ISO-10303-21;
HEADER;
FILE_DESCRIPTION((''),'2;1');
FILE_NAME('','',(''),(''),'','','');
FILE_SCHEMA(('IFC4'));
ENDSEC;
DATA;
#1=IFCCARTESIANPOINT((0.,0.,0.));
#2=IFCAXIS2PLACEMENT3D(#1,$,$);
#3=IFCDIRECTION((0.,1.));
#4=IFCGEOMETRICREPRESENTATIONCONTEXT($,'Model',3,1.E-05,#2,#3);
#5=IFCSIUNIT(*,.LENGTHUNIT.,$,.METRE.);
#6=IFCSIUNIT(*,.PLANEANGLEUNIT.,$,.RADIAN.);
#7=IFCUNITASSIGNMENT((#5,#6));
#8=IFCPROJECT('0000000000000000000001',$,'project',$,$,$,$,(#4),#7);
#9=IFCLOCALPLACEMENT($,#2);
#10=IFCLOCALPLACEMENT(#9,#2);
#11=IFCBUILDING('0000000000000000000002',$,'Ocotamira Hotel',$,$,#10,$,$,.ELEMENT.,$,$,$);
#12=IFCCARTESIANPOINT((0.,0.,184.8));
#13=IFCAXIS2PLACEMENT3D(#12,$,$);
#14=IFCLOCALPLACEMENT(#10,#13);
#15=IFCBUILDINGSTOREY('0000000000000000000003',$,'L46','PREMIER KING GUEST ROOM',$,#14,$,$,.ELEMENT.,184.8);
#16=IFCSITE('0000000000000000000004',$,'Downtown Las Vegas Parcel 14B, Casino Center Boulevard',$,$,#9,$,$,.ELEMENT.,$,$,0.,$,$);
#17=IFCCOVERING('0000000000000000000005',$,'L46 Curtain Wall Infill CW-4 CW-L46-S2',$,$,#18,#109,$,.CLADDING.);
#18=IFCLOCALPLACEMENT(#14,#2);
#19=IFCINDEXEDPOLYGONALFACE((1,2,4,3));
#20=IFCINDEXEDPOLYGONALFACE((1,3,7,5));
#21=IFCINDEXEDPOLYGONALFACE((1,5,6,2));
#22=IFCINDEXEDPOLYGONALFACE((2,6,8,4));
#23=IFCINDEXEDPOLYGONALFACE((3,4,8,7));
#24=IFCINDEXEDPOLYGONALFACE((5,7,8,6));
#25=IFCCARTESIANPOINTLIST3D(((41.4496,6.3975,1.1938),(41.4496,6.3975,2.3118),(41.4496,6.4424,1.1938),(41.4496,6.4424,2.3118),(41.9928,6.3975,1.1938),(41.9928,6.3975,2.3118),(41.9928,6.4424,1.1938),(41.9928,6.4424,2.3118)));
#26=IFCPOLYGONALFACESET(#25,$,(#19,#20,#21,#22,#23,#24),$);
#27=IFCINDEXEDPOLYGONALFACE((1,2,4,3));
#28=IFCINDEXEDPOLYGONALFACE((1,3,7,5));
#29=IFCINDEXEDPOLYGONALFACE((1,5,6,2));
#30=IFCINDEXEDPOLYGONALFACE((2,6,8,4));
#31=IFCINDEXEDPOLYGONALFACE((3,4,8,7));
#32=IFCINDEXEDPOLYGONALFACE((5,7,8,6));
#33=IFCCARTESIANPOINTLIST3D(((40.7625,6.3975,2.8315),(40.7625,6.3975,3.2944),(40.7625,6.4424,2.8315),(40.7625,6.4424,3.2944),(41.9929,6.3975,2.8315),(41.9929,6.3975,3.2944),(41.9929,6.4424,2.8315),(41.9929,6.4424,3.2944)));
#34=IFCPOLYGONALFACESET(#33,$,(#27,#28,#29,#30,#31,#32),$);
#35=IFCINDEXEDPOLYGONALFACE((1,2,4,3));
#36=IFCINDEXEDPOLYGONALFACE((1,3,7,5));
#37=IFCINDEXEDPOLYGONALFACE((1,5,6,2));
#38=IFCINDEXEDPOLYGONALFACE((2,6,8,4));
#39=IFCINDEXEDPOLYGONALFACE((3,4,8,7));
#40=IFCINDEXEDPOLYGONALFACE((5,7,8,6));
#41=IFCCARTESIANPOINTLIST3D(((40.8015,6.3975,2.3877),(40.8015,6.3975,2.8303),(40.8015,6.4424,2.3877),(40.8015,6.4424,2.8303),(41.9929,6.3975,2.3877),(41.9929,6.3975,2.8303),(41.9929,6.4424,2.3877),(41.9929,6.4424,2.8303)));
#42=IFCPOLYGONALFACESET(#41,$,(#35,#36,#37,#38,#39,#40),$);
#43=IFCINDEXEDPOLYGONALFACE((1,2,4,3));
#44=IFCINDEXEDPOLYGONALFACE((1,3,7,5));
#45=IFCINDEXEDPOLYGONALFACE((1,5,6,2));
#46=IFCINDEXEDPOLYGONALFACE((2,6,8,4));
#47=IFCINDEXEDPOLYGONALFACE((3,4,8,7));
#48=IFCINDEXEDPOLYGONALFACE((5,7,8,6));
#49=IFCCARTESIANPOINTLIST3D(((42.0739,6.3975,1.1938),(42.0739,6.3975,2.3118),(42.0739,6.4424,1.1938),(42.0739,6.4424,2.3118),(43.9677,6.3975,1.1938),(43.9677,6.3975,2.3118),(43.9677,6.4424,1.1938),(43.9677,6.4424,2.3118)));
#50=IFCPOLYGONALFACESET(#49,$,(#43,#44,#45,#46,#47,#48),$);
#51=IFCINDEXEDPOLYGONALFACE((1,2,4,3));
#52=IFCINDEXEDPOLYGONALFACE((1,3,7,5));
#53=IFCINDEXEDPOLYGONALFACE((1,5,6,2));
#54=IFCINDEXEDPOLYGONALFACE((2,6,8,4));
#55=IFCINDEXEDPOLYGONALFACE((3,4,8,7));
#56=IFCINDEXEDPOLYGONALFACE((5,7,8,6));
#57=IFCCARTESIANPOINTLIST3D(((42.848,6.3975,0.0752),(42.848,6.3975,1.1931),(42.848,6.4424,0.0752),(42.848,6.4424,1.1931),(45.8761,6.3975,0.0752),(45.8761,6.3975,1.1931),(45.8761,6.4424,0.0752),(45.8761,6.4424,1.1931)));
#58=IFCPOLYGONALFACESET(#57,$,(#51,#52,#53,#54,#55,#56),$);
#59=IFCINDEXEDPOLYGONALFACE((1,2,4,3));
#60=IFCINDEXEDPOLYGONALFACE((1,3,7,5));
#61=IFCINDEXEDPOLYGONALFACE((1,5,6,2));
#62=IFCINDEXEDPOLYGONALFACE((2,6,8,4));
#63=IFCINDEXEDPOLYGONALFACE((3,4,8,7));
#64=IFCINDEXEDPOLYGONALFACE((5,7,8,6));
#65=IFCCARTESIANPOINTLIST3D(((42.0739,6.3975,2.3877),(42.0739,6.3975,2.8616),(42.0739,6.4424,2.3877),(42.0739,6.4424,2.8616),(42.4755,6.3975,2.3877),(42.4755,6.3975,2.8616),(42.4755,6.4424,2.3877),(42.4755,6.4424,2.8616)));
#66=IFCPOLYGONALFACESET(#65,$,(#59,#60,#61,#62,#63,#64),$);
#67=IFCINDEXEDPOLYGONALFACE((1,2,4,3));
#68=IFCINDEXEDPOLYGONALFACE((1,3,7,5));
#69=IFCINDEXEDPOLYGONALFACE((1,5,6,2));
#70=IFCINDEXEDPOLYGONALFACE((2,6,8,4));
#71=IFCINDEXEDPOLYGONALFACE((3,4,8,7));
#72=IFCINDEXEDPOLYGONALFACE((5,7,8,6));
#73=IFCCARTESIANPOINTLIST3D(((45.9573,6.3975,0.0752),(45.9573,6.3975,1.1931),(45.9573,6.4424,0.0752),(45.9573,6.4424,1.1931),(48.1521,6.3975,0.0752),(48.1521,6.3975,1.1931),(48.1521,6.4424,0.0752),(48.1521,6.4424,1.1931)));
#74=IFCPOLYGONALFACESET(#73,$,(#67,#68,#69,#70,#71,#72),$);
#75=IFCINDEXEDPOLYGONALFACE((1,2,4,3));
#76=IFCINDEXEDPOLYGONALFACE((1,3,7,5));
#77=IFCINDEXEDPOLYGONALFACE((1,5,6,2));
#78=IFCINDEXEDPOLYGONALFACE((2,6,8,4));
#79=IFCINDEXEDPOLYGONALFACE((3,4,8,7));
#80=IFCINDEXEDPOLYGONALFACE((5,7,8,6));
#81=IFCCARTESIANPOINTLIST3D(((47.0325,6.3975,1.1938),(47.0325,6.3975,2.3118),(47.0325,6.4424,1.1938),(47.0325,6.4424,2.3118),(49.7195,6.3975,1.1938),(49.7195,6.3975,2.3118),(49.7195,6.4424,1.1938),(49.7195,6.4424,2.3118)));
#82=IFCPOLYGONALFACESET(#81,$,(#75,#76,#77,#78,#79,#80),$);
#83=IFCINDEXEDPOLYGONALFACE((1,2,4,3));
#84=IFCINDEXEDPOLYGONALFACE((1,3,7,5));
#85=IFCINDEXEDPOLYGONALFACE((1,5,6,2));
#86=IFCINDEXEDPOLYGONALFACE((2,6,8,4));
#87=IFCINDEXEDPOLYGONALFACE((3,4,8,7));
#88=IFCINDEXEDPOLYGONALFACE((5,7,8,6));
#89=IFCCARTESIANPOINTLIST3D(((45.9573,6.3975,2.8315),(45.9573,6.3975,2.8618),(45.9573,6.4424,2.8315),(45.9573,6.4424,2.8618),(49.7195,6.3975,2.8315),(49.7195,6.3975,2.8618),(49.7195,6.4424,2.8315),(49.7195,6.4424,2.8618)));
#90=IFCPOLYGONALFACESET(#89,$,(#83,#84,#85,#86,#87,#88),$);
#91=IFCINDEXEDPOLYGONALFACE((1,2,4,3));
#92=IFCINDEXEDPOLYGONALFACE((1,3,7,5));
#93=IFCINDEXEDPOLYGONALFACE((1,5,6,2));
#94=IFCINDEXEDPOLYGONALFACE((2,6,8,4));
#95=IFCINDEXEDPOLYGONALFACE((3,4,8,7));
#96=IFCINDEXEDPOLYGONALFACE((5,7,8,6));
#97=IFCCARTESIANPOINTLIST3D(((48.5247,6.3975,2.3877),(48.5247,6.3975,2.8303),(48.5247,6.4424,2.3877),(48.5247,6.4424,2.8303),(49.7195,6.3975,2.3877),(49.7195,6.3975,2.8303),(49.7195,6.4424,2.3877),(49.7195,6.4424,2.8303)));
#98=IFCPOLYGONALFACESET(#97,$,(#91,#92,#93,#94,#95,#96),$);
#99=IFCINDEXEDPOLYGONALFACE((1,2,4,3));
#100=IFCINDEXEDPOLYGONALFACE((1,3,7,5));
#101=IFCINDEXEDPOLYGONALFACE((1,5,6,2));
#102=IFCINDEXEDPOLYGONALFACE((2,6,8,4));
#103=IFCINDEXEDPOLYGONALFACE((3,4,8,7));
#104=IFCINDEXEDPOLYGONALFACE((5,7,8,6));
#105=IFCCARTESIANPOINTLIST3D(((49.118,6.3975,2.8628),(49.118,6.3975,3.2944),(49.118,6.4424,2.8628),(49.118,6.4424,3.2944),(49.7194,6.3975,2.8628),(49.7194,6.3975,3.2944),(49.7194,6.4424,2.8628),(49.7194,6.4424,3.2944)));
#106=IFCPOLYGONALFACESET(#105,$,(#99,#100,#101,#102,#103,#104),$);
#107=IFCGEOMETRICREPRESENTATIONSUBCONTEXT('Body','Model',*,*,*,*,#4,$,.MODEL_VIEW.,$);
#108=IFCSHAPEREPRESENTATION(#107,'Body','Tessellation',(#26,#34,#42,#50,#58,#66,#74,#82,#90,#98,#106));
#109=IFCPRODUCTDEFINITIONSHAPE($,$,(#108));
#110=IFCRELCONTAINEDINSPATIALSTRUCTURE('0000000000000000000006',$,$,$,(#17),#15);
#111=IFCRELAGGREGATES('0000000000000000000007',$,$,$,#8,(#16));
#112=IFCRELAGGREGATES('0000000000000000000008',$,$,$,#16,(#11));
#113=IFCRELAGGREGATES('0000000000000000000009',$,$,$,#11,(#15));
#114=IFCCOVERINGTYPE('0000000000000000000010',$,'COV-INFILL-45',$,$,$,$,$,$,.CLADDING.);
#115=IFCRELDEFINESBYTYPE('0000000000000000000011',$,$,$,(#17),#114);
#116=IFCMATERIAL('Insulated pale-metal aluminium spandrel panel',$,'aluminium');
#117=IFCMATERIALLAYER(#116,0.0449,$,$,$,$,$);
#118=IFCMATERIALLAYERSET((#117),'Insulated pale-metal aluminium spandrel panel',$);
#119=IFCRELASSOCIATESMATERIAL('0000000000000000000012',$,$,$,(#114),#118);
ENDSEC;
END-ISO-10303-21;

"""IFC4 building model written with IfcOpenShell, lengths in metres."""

from ifc_helpers import new_model, si_unit, direction, frame, origin, origin_2d, place, context, subcontext, project, spatial, rectangle, extrude, material, layer, layer_set, type_object, element, save


model = new_model("IFC4")

# Units and contexts
model_context = context("Model", 3, precision=1e-05, world=origin(), true_north=direction((0.0, 1.0)))
body_context = subcontext(model_context, "Body", "Model", "MODEL_VIEW")
ifc_project = project(units=[si_unit("LENGTHUNIT", "METRE"), si_unit("PLANEANGLEUNIT", "RADIAN")], contexts=[model_context])

# Site, building, storey
site_placement = place(None, origin())
site = spatial("IfcSite", under=ifc_project, at=site_placement, Name="Downtown Las Vegas Parcel 14B, Casino Center Boulevard", CompositionType="ELEMENT", RefElevation=0.0)
building_placement = place(site_placement, origin())
building = spatial("IfcBuilding", under=site, at=building_placement, Name="Ocotamira Hotel", CompositionType="ELEMENT")
storey_placement = place(building_placement, frame((0.0, 0.0, 184.8)))
storey = spatial("IfcBuildingStorey", under=building, at=storey_placement, Name="L46", Description="PREMIER KING GUEST ROOM", CompositionType="ELEMENT", Elevation=184.8)

# Covering
ifc_material_1 = material(Name="Insulated pale-metal aluminium spandrel panel", Category="aluminium")
ifc_layer_1 = layer(ifc_material_1, 0.0449)
ifc_layer_set_1 = layer_set([ifc_layer_1], Name="Insulated pale-metal aluminium spandrel panel")
covering_type_1 = type_object("IfcCoveringType", Name="COV-INFILL-45", PredefinedType="CLADDING", material=ifc_layer_set_1)
covering_1_placement = place(storey_placement, origin())
element("IfcCovering", 1, at=covering_1_placement, inside=storey, type_object=covering_type_1, Name="L46 Curtain Wall Infill CW-4 CW-L46-S2", PredefinedType="CLADDING", context=body_context, shape_type="SweptSolid", body=[
    extrude(rectangle(XDim=0.5432, YDim=0.0449, at=origin_2d()), frame((41.7212, 6.4199, 1.1938), z_axis=(0.0, 0.0, 1.0), x_axis=(1.0, 0.0, 0.0)), (0.0, 0.0, 1.0), 1.1179),
    extrude(rectangle(XDim=1.2305, YDim=0.0449, at=origin_2d()), frame((41.3777, 6.4199, 2.8315), z_axis=(0.0, 0.0, 1.0), x_axis=(1.0, 0.0, 0.0)), (0.0, 0.0, 1.0), 0.4629),
    extrude(rectangle(XDim=1.1914, YDim=0.0449, at=origin_2d()), frame((41.3972, 6.4199, 2.3877), z_axis=(0.0, 0.0, 1.0), x_axis=(1.0, 0.0, 0.0)), (0.0, 0.0, 1.0), 0.4426),
    extrude(rectangle(XDim=1.8938, YDim=0.0449, at=origin_2d()), frame((43.0208, 6.4199, 1.1938), z_axis=(0.0, 0.0, 1.0), x_axis=(1.0, 0.0, 0.0)), (0.0, 0.0, 1.0), 1.1179),
    extrude(rectangle(XDim=3.0281, YDim=0.0449, at=origin_2d()), frame((44.3621, 6.4199, 0.0752), z_axis=(0.0, 0.0, 1.0), x_axis=(1.0, 0.0, 0.0)), (0.0, 0.0, 1.0), 1.1179),
    extrude(rectangle(XDim=0.4016, YDim=0.0449, at=origin_2d()), frame((42.2747, 6.4199, 2.3877), z_axis=(0.0, 0.0, 1.0), x_axis=(1.0, 0.0, 0.0)), (0.0, 0.0, 1.0), 0.4739),
    extrude(rectangle(XDim=2.1948, YDim=0.0449, at=origin_2d()), frame((47.0547, 6.4199, 0.0752), z_axis=(0.0, 0.0, 1.0), x_axis=(1.0, 0.0, 0.0)), (0.0, 0.0, 1.0), 1.1179),
    extrude(rectangle(XDim=2.687, YDim=0.0449, at=origin_2d()), frame((48.376, 6.4199, 1.1938), z_axis=(0.0, 0.0, 1.0), x_axis=(1.0, 0.0, 0.0)), (0.0, 0.0, 1.0), 1.1179),
    extrude(rectangle(XDim=3.7622, YDim=0.0449, at=origin_2d()), frame((47.8384, 6.4199, 2.8315), z_axis=(0.0, 0.0, 1.0), x_axis=(1.0, 0.0, 0.0)), (0.0, 0.0, 1.0), 0.0303),
    extrude(rectangle(XDim=1.1948, YDim=0.0449, at=origin_2d()), frame((49.1221, 6.4199, 2.3877), z_axis=(0.0, 0.0, 1.0), x_axis=(1.0, 0.0, 0.0)), (0.0, 0.0, 1.0), 0.4426),
    extrude(rectangle(XDim=0.6013, YDim=0.0449, at=origin_2d()), frame((49.4187, 6.4199, 2.8628), z_axis=(0.0, 0.0, 1.0), x_axis=(1.0, 0.0, 0.0)), (0.0, 0.0, 1.0), 0.4316),
])

save(model, "model.ifc")
